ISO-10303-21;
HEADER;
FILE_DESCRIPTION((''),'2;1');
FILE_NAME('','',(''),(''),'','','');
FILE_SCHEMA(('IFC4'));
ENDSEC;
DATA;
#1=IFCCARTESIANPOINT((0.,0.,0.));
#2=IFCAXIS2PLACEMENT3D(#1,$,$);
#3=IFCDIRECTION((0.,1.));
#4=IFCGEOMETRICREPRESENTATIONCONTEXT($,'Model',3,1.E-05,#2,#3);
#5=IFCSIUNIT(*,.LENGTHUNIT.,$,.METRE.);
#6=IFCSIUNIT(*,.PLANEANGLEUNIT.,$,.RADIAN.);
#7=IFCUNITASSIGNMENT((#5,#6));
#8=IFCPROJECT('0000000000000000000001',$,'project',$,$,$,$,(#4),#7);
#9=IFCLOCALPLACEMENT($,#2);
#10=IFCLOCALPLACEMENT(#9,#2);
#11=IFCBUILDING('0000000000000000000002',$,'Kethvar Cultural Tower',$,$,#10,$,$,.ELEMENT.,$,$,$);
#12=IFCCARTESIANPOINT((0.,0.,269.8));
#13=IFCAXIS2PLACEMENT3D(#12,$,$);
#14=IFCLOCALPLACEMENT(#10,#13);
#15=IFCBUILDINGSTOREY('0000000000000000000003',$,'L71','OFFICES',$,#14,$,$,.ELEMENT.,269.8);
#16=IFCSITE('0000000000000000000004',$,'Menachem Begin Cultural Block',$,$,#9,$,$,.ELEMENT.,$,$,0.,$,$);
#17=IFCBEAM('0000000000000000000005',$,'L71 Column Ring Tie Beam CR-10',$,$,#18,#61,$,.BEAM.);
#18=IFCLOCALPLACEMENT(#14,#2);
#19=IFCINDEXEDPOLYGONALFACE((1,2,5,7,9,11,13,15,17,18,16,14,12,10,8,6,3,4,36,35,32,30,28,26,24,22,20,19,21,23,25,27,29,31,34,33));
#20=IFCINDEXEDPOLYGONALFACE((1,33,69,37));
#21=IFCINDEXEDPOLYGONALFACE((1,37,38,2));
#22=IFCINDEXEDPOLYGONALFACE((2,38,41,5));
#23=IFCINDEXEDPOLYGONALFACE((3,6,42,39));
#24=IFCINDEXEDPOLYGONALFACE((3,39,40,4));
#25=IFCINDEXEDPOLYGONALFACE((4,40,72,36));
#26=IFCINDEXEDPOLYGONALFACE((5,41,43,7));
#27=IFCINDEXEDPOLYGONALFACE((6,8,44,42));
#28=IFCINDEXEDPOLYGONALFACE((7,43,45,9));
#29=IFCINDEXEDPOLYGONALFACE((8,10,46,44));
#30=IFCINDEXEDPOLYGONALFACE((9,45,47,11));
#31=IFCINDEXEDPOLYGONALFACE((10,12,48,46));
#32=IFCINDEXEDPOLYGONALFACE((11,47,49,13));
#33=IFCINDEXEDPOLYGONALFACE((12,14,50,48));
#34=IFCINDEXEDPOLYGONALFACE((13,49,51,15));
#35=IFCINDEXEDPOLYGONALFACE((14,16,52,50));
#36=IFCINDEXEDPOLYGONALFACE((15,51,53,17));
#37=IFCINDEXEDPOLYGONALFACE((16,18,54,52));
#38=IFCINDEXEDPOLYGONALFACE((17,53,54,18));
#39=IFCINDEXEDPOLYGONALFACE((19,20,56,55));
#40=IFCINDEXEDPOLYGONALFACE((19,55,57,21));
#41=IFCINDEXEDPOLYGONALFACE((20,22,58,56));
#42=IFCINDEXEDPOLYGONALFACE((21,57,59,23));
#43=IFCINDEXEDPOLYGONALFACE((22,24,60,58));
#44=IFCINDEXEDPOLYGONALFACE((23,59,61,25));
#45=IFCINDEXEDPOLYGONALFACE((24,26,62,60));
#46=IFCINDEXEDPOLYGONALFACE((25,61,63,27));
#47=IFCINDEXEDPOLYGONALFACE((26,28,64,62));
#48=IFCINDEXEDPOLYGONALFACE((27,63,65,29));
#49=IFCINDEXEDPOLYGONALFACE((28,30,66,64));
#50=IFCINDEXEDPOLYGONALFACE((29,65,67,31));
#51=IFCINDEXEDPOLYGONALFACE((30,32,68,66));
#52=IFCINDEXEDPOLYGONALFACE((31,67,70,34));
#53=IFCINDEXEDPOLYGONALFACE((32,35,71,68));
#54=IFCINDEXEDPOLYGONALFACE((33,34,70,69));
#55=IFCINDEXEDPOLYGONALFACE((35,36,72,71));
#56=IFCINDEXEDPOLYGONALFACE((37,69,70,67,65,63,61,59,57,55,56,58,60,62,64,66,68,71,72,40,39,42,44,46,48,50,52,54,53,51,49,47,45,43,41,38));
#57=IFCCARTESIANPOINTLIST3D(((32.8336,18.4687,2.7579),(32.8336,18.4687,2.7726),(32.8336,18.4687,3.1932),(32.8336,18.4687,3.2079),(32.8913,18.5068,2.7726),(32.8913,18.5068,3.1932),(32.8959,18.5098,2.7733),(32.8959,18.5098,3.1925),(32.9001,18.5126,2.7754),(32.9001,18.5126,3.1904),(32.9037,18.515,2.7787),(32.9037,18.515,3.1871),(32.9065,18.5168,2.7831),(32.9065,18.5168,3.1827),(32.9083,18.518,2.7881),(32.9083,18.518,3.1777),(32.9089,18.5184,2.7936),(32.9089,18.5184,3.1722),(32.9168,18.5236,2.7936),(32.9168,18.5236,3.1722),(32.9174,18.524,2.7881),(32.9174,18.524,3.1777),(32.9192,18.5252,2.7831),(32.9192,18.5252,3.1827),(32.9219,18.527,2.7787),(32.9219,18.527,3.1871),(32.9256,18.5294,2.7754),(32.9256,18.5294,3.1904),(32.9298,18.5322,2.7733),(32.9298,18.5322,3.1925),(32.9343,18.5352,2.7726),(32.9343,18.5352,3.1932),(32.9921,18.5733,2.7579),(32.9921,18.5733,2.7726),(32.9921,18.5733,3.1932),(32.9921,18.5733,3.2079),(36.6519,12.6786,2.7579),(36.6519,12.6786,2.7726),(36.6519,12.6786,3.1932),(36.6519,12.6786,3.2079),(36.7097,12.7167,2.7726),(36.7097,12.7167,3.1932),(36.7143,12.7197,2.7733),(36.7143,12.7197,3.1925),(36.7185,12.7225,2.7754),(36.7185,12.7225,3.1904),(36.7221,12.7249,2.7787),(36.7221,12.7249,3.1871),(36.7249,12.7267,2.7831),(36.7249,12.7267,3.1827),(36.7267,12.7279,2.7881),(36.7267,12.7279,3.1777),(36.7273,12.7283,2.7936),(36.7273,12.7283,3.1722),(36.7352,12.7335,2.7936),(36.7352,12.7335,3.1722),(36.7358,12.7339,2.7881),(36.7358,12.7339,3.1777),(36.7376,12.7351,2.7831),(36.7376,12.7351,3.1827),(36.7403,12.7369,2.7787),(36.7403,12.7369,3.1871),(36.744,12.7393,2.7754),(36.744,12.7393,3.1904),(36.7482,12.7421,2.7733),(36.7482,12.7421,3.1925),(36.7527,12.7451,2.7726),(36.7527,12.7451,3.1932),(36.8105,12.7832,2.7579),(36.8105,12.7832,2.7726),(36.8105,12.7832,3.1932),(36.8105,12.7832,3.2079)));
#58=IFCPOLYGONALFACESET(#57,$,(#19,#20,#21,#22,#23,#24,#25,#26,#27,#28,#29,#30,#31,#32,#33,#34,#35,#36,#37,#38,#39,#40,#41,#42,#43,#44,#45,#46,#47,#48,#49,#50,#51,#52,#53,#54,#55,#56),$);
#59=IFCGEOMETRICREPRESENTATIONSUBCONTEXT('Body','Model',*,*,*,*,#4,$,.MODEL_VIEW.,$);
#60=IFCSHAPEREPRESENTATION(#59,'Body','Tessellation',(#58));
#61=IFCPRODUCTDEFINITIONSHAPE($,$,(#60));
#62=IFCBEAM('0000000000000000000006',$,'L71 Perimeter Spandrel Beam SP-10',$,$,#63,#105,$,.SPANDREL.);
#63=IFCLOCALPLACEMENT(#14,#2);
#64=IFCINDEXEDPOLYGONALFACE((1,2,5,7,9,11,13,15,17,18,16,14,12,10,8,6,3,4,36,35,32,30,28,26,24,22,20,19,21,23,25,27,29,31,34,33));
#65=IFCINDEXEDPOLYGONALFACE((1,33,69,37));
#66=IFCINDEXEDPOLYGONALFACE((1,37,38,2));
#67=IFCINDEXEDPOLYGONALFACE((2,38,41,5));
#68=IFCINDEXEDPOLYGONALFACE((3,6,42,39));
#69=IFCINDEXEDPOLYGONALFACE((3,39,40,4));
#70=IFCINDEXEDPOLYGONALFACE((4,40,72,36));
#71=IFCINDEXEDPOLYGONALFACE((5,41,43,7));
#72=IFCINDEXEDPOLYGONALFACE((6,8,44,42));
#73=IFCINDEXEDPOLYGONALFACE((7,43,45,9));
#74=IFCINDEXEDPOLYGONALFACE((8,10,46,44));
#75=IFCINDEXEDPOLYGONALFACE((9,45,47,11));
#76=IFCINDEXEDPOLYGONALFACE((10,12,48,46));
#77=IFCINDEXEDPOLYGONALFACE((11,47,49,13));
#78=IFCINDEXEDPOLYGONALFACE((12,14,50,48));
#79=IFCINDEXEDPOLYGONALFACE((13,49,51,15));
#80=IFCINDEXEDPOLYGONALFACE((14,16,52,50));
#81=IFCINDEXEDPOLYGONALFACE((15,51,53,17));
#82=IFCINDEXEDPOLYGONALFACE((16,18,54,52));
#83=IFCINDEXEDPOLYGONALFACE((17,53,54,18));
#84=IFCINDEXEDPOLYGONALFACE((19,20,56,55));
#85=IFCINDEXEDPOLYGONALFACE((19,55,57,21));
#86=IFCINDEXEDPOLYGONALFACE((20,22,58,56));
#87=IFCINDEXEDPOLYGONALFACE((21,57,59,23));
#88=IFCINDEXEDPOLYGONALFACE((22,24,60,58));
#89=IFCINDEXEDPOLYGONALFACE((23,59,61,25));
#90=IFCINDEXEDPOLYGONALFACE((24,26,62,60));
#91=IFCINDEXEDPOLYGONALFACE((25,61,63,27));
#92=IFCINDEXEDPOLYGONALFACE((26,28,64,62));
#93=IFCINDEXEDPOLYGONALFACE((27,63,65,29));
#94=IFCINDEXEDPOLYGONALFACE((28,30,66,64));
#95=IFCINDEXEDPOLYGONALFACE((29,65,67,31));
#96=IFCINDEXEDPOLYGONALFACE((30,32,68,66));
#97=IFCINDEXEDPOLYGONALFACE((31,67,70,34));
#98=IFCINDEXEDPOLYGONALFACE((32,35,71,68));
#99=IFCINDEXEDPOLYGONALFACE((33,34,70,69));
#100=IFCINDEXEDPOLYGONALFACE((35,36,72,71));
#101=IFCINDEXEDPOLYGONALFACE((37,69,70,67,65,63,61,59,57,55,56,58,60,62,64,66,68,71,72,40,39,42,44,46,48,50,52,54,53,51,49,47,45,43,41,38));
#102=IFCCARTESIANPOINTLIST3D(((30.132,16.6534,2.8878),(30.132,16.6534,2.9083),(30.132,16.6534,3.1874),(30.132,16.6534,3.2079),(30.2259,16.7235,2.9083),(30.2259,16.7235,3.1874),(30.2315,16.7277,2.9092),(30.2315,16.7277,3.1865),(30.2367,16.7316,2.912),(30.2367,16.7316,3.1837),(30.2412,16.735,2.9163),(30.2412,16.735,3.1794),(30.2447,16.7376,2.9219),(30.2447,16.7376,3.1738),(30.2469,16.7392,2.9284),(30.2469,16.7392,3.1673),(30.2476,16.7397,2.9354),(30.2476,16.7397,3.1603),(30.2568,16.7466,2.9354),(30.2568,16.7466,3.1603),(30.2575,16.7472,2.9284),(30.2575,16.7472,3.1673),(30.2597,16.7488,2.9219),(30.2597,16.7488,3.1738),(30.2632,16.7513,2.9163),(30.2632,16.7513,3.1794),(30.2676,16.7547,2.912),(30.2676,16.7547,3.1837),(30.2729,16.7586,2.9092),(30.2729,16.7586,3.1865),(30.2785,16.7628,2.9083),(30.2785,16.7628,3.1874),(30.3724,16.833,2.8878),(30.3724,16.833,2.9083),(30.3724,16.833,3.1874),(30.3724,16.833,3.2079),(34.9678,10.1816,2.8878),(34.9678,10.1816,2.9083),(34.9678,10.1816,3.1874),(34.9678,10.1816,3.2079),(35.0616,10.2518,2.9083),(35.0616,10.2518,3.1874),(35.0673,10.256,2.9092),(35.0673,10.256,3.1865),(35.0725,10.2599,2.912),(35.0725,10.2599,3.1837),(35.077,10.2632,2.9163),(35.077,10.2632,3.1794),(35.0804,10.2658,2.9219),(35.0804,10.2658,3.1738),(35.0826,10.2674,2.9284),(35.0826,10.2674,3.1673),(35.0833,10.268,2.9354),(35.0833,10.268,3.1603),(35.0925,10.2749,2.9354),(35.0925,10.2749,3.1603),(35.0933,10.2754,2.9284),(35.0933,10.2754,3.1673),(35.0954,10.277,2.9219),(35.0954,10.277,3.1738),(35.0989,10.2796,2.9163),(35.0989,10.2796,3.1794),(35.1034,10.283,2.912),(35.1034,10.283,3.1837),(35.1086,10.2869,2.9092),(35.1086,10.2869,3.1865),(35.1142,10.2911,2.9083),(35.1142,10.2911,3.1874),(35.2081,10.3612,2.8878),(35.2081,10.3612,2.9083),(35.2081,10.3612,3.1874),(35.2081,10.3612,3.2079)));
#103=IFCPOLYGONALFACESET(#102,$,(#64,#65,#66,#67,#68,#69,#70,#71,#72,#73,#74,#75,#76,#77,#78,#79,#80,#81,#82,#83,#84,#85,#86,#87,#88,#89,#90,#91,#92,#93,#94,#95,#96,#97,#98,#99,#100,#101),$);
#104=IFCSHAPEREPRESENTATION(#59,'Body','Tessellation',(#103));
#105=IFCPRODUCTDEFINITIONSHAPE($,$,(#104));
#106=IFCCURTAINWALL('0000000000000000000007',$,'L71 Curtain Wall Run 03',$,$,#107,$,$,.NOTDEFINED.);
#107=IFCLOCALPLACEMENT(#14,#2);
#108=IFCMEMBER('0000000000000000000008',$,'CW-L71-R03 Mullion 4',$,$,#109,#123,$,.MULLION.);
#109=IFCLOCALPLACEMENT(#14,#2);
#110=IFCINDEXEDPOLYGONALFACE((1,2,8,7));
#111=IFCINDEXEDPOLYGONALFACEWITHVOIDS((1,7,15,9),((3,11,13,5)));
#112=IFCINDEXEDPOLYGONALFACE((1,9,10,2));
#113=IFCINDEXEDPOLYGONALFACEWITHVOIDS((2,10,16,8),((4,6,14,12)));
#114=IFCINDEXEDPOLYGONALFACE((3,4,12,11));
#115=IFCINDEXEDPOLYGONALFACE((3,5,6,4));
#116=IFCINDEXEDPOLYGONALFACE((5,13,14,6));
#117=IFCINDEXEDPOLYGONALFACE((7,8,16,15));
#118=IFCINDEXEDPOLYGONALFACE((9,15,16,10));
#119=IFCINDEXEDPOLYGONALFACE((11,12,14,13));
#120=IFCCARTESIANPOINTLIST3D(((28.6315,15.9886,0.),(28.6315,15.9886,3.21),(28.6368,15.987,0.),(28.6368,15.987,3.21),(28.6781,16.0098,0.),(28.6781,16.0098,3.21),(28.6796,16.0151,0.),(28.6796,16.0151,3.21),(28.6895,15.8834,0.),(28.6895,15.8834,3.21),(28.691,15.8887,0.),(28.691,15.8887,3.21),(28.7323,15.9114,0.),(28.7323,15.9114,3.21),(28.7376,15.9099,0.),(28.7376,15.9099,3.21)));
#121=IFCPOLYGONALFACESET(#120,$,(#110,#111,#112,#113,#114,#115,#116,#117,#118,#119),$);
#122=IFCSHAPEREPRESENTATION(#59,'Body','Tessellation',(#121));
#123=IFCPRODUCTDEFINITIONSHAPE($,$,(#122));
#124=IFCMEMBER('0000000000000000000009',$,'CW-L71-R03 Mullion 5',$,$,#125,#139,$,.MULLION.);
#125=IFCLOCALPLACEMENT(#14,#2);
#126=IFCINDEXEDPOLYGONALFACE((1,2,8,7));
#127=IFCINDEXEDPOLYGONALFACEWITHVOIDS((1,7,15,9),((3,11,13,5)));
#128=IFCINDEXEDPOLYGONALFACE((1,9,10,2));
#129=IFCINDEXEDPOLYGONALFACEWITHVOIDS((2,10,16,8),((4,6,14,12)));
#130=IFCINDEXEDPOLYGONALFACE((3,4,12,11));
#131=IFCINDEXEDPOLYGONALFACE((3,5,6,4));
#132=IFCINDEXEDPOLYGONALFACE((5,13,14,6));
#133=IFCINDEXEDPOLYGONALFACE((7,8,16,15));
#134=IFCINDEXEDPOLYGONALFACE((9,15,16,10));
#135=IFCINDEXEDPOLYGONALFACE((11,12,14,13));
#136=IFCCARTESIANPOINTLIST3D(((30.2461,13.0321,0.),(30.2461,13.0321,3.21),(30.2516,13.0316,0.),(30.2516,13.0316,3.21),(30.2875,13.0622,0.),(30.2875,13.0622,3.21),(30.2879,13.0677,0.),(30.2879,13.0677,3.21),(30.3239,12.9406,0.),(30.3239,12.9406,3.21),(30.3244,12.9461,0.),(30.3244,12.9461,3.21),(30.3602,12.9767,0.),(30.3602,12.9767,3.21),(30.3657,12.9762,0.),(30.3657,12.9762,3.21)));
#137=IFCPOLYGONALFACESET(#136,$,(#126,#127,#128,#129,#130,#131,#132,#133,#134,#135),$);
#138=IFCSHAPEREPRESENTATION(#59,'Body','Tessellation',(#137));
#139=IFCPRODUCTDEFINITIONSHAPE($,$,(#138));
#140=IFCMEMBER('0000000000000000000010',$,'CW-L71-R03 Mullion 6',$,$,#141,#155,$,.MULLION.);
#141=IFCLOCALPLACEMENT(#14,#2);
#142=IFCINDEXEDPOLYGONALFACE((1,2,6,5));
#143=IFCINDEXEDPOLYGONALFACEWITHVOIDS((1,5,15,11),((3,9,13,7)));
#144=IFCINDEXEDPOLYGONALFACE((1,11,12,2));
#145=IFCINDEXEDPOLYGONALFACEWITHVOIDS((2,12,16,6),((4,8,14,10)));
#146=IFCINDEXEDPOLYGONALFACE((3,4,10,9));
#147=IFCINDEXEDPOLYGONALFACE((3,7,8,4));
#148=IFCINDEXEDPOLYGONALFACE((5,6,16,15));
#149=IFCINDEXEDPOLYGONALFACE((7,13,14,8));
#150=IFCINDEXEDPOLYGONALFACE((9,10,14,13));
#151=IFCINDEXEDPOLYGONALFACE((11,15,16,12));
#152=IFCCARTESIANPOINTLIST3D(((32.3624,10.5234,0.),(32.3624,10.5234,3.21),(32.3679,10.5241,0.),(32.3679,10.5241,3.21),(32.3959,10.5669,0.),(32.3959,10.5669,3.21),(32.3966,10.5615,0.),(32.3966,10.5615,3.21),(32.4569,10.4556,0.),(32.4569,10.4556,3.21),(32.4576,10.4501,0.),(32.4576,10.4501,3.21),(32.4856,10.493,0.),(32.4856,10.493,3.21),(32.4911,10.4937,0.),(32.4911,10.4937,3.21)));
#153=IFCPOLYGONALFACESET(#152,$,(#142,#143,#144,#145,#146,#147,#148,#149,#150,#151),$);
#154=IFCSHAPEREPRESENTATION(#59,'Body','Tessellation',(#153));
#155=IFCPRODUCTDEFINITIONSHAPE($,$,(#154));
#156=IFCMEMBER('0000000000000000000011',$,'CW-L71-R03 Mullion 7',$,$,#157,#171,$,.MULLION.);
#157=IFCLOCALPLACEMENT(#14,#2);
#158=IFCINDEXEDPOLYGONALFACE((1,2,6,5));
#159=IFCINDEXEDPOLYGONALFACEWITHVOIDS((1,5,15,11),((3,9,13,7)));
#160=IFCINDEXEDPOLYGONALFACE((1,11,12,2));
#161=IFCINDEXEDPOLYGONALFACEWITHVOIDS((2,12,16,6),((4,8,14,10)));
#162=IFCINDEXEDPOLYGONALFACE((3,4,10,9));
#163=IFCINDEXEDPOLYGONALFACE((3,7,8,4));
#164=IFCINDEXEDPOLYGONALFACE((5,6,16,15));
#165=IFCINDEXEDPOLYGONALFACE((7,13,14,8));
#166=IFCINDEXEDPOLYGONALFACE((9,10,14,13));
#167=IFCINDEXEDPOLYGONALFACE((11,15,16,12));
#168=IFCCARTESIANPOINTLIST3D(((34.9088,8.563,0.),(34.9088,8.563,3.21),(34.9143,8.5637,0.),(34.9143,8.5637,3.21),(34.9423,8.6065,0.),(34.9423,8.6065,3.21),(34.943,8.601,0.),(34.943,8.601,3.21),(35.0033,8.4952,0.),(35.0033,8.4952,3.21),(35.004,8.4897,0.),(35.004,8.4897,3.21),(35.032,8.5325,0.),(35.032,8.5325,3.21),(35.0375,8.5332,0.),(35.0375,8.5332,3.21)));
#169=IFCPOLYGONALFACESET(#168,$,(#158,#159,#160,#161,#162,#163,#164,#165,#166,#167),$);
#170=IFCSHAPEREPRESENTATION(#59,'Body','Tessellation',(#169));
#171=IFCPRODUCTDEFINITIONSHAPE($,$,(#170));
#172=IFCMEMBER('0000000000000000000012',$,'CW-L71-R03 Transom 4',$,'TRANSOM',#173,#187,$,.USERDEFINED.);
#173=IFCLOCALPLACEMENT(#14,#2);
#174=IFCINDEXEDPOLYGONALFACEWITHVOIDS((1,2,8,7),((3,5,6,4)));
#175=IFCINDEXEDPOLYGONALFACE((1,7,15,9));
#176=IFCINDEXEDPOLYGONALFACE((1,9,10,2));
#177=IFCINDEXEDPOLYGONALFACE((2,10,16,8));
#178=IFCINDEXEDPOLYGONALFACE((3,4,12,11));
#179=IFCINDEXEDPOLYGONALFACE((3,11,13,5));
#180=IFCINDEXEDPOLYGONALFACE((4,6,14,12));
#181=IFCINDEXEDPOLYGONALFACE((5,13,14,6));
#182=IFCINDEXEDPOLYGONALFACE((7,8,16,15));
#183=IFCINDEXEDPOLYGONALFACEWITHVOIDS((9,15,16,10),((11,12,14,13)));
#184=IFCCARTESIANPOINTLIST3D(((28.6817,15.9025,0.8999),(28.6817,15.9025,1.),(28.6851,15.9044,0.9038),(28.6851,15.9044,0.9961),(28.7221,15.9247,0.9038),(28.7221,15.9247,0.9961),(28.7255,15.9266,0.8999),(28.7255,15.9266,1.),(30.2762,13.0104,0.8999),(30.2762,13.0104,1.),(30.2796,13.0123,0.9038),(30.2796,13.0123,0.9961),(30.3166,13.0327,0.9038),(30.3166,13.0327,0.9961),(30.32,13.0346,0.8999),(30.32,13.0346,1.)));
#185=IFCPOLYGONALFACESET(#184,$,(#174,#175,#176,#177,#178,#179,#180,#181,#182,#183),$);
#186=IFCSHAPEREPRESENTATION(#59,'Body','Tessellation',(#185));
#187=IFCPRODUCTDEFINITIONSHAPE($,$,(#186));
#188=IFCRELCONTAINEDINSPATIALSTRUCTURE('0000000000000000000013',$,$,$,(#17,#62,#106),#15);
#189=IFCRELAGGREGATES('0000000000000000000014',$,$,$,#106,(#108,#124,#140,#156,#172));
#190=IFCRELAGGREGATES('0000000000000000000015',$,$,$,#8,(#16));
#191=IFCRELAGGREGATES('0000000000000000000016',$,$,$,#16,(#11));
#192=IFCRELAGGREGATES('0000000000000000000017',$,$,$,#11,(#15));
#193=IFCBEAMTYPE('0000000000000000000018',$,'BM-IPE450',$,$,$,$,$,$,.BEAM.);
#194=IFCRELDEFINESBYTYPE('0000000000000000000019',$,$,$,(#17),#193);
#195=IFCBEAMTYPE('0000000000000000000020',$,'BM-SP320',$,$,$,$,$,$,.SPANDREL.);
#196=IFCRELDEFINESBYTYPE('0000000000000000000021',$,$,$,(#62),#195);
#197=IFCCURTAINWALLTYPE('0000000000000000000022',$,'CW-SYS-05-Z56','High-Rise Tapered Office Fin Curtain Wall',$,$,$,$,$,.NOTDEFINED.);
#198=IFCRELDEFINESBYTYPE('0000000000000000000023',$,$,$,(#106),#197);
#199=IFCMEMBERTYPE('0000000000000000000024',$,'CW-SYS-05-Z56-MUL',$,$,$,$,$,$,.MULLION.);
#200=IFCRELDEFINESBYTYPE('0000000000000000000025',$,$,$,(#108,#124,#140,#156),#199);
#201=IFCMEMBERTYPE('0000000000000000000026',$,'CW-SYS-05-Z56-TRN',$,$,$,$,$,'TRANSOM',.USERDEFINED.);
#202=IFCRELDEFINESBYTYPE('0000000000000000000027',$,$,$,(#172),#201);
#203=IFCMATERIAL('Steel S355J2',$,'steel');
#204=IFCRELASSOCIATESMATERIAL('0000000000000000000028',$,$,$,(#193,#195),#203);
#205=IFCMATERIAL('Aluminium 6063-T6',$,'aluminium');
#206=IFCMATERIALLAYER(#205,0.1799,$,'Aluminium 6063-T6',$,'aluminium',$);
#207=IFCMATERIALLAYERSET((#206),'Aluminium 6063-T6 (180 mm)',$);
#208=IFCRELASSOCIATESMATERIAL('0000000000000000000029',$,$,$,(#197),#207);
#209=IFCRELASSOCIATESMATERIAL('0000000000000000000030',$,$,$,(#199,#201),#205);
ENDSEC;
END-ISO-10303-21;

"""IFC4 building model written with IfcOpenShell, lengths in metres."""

from ifc_helpers import new_model, si_unit, direction, frame, origin, origin_2d, place, context, subcontext, project, spatial, hollow_rectangle, i_section, extrude, source, transform, mapped, material, layer, layer_set, material_profile, profile_set, type_object, element, aggregate, save


model = new_model("IFC4")

# Units and contexts
model_context = context("Model", 3, precision=1e-05, world=origin(), true_north=direction((0.0, 1.0)))
body_context = subcontext(model_context, "Body", "Model", "MODEL_VIEW")
ifc_project = project(units=[si_unit("LENGTHUNIT", "METRE"), si_unit("PLANEANGLEUNIT", "RADIAN")], contexts=[model_context])

# Site, building, storey
site_placement = place(None, origin())
site = spatial("IfcSite", under=ifc_project, at=site_placement, Name="Menachem Begin Cultural Block", CompositionType="ELEMENT", RefElevation=0.0)
building_placement = place(site_placement, origin())
building = spatial("IfcBuilding", under=site, at=building_placement, Name="Kethvar Cultural Tower", CompositionType="ELEMENT")
storey_placement = place(building_placement, frame((0.0, 0.0, 269.8)))
storey = spatial("IfcBuildingStorey", under=building, at=storey_placement, Name="L71", Description="OFFICES", CompositionType="ELEMENT", Elevation=269.8)

# Shared definitions
ifc_material_1 = material(Name="Steel S355J2", Category="steel")

# Beams
ifc_material_profile_1 = material_profile(ifc_material_1, i_section(OverallWidth=0.1899, OverallDepth=0.45, WebThickness=0.0095, FlangeThickness=0.0146, FilletRadius=0.021, at=origin_2d()), Name="Steel S355J2 — IPE450")
ifc_profile_set_1 = profile_set([ifc_material_profile_1], Name="Steel S355J2 — IPE450")
beam_type_1 = type_object("IfcBeamType", Name="BM-IPE450", PredefinedType="BEAM", material=ifc_profile_set_1)
ifc_material_profile_2 = material_profile(ifc_material_1, i_section(OverallWidth=0.3, OverallDepth=0.3201, WebThickness=0.0115, FlangeThickness=0.0205, FilletRadius=0.0271, at=origin_2d()), Name="Steel S355J2 — HEB320")
ifc_profile_set_2 = profile_set([ifc_material_profile_2], Name="Steel S355J2 — HEB320")
beam_type_2 = type_object("IfcBeamType", Name="BM-SP320", PredefinedType="SPANDREL", material=ifc_profile_set_2)
shared_shape_1 = source(origin(), body_context, "Body", "SweptSolid", [
    extrude(i_section(OverallWidth=0.1899, OverallDepth=0.45, WebThickness=0.0095, FlangeThickness=0.0146, FilletRadius=0.021, at=origin_2d()), origin(), (0.0, 0.0, 1.0), 6.9358),
])
beam_1_placement = place(storey_placement, frame((32.9128, 18.521, 2.9829), z_axis=(0.550534, -0.834813, 0.0), x_axis=(0.834813, 0.550534, 0.0)))
element("IfcBeam", 1, at=beam_1_placement, inside=storey, type_object=beam_type_1, Name="L71 Column Ring Tie Beam CR-10", PredefinedType="BEAM", context=body_context, shape_type="MappedRepresentation", body=[
    mapped(shared_shape_1, transform((0.0, 0.0, 0.0), scale=1.0)),
])
shared_shape_2 = source(origin(), body_context, "Body", "SweptSolid", [
    extrude(i_section(OverallWidth=0.3, OverallDepth=0.3201, WebThickness=0.0115, FlangeThickness=0.0205, FilletRadius=0.0271, at=origin_2d()), origin(), (0.0, 0.0, 1.0), 8.0789),
])
beam_2_placement = place(storey_placement, frame((30.2522, 16.7432, 3.0479), z_axis=(0.598568, -0.801072, 0.0), x_axis=(0.801072, 0.598568, 0.0)))
element("IfcBeam", 2, at=beam_2_placement, inside=storey, type_object=beam_type_2, Name="L71 Perimeter Spandrel Beam SP-10", PredefinedType="SPANDREL", context=body_context, shape_type="MappedRepresentation", body=[
    mapped(shared_shape_2, transform((0.0, 0.0, 0.0), scale=1.0)),
])

# Curtain wall, members
ifc_material_2 = material(Name="Aluminium 6063-T6", Category="aluminium")
ifc_layer_1 = layer(ifc_material_2, 0.1799, Name="Aluminium 6063-T6", Category="aluminium")
ifc_layer_set_1 = layer_set([ifc_layer_1], Name="Aluminium 6063-T6 (180 mm)")
curtain_wall_type = type_object("IfcCurtainWallType", Name="CW-SYS-05-Z56", Description="High-Rise Tapered Office Fin Curtain Wall", PredefinedType="NOTDEFINED", material=ifc_layer_set_1)
curtain_wall_1_placement = place(storey_placement, origin())
curtain_wall_1 = element("IfcCurtainWall", 3, at=curtain_wall_1_placement, inside=storey, type_object=curtain_wall_type, Name="L71 Curtain Wall Run 03", PredefinedType="NOTDEFINED")
ifc_material_profile_3 = material_profile(ifc_material_2, hollow_rectangle(XDim=0.0549, YDim=0.1201, WallThickness=0.0039, at=origin_2d()), Name="Aluminium 6063-T6 — RHS120x55x4")
ifc_profile_set_3 = profile_set([ifc_material_profile_3], Name="Aluminium 6063-T6 — RHS120x55x4")
member_type_1 = type_object("IfcMemberType", Name="CW-SYS-05-Z56-MUL", PredefinedType="MULLION", material=ifc_profile_set_3)
shared_shape_3 = source(origin(), body_context, "Body", "SweptSolid", [
    extrude(hollow_rectangle(XDim=0.0549, YDim=0.1201, WallThickness=0.0039, at=origin_2d()), origin(), (0.0, 0.0, 1.0), 3.21),
])
member_1_placement = place(storey_placement, frame((28.6846, 15.9492, 0.0), z_axis=(0.0, 0.0, 1.0), x_axis=(0.875734, 0.482793, 0.0)))
member_1 = element("IfcMember", 4, at=member_1_placement, type_object=member_type_1, Name="CW-L71-R03 Mullion 4", PredefinedType="MULLION", context=body_context, shape_type="MappedRepresentation", body=[
    mapped(shared_shape_3, transform((0.0, 0.0, 0.0), scale=1.0)),
])
member_2_placement = place(storey_placement, frame((30.3059, 13.0042, 0.0), z_axis=(0.0, 0.0, 1.0), x_axis=(0.76155, 0.648107, 0.0)))
member_2 = element("IfcMember", 5, at=member_2_placement, type_object=member_type_1, Name="CW-L71-R03 Mullion 5", PredefinedType="MULLION", context=body_context, shape_type="MappedRepresentation", body=[
    mapped(shared_shape_3, transform((0.0, 0.0, 0.0), scale=1.0)),
])
member_3_placement = place(storey_placement, frame((32.4268, 10.5085, 0.0), z_axis=(0.0, 0.0, 1.0), x_axis=(0.610035, 0.792375, 0.0)))
member_3 = element("IfcMember", 6, at=member_3_placement, type_object=member_type_1, Name="CW-L71-R03 Mullion 6", PredefinedType="MULLION", context=body_context, shape_type="MappedRepresentation", body=[
    mapped(shared_shape_3, transform((0.0, 0.0, 0.0), scale=1.0)),
])
member_4_placement = place(storey_placement, frame((34.9731, 8.5481, 0.0), z_axis=(0.0, 0.0, 1.0), x_axis=(0.610035, 0.792375, 0.0)))
member_4 = element("IfcMember", 7, at=member_4_placement, type_object=member_type_1, Name="CW-L71-R03 Mullion 7", PredefinedType="MULLION", context=body_context, shape_type="MappedRepresentation", body=[
    mapped(shared_shape_3, transform((0.0, 0.0, 0.0), scale=1.0)),
])
ifc_material_profile_4 = material_profile(ifc_material_2, hollow_rectangle(XDim=0.05, YDim=0.1001, WallThickness=0.0039, at=origin_2d()), Name="Aluminium 6063-T6 — RHS100x50x4")
ifc_profile_set_4 = profile_set([ifc_material_profile_4], Name="Aluminium 6063-T6 — RHS100x50x4")
member_type_2 = type_object("IfcMemberType", Name="CW-SYS-05-Z56-TRN", ElementType="TRANSOM", PredefinedType="USERDEFINED", material=ifc_profile_set_4)
shared_shape_4 = source(origin(), body_context, "Body", "SweptSolid", [
    extrude(hollow_rectangle(XDim=0.05, YDim=0.1001, WallThickness=0.0039, at=origin_2d()), origin(), (0.0, 0.0, 1.0), 3.3025),
])
member_5_placement = place(storey_placement, frame((28.7036, 15.9146, 0.95), z_axis=(0.48281, -0.875725, 0.0), x_axis=(0.875725, 0.48281, 0.0)))
member_5 = element("IfcMember", 8, at=member_5_placement, type_object=member_type_2, Name="CW-L71-R03 Transom 4", ObjectType="TRANSOM", PredefinedType="USERDEFINED", context=body_context, shape_type="MappedRepresentation", body=[
    mapped(shared_shape_4, transform((0.0, 0.0, 0.0), scale=1.0)),
])

aggregate(curtain_wall_1, [member_1, member_2, member_3, member_4, member_5])

save(model, "model.ifc")
